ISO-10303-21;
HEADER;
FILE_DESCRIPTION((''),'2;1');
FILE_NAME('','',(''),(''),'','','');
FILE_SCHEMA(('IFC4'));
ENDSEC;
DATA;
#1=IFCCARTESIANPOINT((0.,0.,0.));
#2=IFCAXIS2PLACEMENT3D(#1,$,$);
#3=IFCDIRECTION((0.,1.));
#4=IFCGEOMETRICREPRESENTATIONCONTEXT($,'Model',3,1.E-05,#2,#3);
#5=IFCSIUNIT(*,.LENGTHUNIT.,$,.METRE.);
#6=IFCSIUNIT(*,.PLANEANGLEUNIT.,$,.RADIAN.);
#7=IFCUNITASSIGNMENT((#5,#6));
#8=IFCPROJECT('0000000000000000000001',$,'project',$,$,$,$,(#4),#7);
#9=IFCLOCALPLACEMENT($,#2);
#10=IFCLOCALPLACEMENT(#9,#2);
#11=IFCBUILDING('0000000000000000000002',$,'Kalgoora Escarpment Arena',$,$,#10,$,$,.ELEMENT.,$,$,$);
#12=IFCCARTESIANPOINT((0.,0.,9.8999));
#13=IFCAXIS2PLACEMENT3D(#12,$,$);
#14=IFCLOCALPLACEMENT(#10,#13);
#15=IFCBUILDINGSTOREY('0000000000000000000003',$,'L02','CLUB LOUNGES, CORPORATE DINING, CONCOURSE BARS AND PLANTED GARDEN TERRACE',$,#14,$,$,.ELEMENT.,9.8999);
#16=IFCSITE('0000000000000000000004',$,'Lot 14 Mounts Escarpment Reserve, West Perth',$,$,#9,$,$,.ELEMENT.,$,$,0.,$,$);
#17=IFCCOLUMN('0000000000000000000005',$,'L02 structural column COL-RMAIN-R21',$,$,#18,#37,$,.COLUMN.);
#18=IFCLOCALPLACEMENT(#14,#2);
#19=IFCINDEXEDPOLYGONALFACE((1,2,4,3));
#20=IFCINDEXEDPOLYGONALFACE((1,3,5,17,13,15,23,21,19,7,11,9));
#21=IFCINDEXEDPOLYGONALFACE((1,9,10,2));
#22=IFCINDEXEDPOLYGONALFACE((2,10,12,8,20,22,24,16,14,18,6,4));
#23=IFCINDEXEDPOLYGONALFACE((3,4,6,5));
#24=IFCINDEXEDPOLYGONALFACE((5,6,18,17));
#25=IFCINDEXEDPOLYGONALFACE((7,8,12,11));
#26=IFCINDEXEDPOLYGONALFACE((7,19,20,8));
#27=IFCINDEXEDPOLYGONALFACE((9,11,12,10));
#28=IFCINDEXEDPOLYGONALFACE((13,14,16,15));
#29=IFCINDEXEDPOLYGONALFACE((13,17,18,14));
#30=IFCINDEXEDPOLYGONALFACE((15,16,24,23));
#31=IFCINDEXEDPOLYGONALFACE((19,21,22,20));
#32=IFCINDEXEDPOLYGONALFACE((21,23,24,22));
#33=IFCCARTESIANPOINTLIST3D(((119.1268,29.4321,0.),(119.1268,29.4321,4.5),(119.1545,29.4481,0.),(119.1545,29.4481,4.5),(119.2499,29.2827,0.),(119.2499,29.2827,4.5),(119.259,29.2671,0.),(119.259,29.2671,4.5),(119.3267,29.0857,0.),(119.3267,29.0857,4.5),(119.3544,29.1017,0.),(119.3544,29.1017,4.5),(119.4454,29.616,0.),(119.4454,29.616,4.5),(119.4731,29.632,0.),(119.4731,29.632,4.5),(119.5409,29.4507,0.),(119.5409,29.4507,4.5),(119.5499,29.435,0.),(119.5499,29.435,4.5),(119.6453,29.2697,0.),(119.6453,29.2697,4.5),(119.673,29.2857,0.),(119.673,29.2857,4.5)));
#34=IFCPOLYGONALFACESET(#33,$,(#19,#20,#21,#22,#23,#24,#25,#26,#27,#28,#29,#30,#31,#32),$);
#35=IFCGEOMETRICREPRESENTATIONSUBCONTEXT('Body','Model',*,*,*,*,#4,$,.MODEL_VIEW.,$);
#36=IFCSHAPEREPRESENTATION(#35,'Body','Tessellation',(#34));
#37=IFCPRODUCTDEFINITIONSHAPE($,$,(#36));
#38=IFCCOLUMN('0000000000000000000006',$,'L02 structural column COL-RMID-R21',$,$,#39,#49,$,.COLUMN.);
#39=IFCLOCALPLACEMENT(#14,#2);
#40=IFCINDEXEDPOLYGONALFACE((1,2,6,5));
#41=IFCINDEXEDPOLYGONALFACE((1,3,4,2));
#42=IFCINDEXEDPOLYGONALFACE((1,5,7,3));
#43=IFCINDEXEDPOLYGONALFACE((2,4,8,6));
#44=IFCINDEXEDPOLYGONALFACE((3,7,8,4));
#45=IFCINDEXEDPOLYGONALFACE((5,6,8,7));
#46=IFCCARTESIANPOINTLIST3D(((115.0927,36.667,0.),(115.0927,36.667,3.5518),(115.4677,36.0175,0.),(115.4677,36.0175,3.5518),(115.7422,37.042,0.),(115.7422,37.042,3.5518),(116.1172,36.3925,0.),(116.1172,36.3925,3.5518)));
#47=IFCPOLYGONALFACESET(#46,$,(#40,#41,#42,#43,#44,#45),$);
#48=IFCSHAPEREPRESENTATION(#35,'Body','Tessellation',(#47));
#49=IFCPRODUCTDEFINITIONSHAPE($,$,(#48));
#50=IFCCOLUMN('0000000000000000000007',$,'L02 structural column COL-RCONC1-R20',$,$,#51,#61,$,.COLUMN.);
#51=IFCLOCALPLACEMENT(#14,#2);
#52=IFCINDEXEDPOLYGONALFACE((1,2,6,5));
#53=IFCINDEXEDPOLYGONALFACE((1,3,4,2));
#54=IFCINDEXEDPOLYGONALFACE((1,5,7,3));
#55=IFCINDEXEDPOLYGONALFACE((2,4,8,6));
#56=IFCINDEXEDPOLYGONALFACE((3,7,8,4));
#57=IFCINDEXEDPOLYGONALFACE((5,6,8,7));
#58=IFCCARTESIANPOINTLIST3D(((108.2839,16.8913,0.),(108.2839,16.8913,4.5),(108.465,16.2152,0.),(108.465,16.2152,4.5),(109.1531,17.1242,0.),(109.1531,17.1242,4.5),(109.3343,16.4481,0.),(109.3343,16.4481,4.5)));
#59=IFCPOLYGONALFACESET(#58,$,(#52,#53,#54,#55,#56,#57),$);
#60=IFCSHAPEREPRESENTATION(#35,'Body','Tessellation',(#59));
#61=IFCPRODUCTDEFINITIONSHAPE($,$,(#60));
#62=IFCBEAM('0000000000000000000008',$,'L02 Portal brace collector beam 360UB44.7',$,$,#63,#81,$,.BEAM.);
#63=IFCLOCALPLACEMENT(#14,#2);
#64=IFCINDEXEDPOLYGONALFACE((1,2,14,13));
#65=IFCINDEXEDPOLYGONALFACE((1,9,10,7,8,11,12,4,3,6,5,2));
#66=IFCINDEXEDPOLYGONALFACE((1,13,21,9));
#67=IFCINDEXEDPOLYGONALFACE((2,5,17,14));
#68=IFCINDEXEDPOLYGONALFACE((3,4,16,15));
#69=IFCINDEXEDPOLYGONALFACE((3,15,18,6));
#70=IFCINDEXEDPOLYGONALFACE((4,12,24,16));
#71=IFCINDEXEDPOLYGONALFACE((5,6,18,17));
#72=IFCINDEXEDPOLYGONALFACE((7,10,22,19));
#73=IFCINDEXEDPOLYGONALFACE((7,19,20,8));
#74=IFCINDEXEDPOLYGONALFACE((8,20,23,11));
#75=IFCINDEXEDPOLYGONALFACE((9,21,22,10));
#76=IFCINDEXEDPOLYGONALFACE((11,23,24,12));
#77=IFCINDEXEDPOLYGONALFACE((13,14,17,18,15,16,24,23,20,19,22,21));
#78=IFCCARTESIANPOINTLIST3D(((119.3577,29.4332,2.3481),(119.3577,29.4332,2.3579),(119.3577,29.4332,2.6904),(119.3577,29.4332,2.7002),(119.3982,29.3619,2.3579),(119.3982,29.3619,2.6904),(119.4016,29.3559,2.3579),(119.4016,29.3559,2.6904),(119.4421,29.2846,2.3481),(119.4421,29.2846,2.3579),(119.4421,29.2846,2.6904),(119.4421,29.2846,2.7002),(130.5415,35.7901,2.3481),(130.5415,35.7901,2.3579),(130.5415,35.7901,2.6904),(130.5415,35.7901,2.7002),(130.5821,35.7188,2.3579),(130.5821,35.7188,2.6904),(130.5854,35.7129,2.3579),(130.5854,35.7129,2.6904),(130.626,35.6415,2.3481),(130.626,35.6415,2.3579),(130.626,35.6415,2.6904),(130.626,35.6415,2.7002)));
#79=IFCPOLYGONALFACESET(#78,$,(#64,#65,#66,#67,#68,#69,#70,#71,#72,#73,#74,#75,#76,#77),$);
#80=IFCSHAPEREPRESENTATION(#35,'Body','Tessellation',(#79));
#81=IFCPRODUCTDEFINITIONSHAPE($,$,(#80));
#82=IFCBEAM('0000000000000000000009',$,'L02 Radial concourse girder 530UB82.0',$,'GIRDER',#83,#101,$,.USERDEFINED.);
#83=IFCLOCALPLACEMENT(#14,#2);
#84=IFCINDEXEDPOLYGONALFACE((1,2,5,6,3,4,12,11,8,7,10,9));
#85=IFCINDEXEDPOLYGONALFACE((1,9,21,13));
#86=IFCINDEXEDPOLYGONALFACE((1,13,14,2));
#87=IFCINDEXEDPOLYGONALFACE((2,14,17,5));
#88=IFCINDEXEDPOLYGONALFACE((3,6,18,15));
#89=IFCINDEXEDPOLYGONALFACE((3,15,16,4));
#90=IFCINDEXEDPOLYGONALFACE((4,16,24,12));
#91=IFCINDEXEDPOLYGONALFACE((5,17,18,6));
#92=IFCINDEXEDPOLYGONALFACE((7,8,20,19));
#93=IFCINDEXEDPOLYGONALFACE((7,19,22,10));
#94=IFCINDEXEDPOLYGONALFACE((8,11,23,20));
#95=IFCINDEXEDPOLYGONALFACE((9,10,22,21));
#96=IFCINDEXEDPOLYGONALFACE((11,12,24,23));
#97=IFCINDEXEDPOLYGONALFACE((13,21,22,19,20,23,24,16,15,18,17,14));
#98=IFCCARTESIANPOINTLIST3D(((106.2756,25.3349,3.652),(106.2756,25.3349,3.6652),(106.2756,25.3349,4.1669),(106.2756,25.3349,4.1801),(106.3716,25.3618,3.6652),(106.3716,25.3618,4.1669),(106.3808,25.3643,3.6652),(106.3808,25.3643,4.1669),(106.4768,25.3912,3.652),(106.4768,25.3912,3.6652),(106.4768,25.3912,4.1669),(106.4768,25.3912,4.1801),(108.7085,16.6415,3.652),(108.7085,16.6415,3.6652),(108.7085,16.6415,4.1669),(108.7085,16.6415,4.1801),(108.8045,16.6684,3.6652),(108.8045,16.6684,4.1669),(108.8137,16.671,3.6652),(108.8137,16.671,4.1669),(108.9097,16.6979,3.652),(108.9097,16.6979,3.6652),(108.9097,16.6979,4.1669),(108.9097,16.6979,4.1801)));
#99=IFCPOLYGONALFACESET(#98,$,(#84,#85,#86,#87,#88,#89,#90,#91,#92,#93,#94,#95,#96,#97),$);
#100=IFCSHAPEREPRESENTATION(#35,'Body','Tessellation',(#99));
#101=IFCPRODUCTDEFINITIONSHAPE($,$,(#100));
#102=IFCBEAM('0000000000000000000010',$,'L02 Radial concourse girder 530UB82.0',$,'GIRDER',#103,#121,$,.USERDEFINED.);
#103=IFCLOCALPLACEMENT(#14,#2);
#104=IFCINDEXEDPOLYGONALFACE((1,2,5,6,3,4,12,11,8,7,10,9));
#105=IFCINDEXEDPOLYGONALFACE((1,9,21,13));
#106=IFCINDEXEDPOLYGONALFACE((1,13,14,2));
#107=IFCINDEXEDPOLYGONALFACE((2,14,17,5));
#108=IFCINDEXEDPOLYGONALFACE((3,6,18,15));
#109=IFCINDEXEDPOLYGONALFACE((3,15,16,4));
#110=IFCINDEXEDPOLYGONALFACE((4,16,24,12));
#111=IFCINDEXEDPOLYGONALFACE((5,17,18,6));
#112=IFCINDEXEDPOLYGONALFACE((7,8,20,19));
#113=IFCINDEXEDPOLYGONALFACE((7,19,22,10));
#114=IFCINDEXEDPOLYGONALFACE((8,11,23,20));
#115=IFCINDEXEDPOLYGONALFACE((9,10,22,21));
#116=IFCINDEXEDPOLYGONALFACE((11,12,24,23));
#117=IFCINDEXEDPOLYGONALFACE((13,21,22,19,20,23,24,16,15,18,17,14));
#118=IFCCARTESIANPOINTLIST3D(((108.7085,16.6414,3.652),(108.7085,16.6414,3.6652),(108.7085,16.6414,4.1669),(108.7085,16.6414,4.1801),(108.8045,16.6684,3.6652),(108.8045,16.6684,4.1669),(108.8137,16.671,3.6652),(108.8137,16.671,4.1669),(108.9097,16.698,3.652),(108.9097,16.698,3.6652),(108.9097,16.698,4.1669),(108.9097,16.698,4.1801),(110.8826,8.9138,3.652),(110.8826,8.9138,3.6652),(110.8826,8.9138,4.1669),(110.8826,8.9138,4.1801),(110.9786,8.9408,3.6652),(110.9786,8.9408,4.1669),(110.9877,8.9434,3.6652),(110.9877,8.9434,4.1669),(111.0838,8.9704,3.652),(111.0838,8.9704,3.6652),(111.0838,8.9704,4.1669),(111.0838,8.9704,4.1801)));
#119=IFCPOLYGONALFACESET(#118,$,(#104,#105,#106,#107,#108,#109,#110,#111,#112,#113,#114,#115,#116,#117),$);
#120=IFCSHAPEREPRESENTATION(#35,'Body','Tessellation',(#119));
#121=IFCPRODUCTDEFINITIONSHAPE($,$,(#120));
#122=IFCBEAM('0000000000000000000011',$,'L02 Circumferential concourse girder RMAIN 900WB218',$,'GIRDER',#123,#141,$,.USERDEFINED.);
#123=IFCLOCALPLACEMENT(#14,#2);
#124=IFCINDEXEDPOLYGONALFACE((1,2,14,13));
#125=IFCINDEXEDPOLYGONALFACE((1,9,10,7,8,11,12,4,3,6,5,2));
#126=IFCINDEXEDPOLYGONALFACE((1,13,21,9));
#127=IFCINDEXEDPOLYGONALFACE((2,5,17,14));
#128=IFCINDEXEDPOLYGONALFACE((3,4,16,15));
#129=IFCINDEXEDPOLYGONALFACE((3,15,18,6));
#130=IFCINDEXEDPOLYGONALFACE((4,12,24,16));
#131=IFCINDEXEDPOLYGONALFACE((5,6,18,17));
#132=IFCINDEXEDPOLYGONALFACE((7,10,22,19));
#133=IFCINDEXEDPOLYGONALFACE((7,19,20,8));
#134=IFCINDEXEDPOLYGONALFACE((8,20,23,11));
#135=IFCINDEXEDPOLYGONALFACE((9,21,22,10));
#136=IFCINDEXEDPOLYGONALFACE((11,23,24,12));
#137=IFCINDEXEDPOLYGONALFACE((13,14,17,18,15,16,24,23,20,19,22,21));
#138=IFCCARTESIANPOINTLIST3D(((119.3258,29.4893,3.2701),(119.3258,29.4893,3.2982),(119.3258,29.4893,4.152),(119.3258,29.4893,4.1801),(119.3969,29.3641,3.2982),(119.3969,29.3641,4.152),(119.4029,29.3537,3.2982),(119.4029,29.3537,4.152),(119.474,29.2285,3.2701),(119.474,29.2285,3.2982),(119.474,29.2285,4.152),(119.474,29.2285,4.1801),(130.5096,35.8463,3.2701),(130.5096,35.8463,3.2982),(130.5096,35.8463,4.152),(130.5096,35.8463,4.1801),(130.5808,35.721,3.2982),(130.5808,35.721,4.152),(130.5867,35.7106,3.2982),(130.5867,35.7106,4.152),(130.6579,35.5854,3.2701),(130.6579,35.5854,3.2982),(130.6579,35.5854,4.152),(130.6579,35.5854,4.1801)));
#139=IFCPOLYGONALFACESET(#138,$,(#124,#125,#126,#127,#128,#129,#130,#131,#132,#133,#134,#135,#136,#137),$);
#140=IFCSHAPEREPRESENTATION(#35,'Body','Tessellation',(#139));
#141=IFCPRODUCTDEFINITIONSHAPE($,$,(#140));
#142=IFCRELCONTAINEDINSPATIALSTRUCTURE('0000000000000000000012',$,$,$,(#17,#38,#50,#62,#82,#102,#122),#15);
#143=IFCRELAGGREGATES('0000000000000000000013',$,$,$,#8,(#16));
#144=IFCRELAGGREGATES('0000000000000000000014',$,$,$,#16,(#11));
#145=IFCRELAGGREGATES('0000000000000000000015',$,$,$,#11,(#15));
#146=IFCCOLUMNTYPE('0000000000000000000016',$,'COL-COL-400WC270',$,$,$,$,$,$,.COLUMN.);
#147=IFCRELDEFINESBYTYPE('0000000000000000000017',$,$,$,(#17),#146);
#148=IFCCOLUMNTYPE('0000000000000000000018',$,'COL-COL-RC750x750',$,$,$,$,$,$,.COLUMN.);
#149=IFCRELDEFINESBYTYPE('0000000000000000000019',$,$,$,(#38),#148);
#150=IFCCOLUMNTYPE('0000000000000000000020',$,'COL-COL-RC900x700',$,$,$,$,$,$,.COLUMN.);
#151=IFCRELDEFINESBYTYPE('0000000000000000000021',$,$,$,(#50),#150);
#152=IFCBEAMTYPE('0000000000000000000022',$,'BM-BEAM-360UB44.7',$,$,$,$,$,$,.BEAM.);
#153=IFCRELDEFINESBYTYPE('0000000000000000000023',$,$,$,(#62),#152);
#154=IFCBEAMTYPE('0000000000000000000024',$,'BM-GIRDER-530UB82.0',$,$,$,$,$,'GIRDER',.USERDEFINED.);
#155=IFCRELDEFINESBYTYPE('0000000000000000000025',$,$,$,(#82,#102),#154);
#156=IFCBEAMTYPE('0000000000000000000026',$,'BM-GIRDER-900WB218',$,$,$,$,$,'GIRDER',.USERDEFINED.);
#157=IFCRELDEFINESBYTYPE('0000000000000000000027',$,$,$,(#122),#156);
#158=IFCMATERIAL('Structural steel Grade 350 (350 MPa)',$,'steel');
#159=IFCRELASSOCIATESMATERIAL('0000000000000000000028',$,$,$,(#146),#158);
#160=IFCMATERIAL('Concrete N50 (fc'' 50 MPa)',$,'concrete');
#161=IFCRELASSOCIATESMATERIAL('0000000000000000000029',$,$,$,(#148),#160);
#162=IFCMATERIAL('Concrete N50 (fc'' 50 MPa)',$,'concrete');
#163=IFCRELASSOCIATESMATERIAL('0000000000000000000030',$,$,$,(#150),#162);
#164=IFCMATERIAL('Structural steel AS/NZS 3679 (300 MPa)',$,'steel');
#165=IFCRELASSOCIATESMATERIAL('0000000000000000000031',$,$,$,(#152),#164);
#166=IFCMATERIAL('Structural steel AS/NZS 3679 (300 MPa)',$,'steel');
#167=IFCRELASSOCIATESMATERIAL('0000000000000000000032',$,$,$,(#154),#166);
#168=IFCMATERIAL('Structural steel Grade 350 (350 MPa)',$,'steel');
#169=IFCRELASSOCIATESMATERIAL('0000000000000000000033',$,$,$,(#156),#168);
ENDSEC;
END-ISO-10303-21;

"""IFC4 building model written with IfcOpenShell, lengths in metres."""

from ifc_helpers import new_model, si_unit, direction, frame, origin, origin_2d, place, context, subcontext, project, spatial, rectangle, i_section, extrude, material, material_profile, profile_set, type_object, element, save


model = new_model("IFC4")

# Units and contexts
model_context = context("Model", 3, precision=1e-05, world=origin(), true_north=direction((0.0, 1.0)))
body_context = subcontext(model_context, "Body", "Model", "MODEL_VIEW")
ifc_project = project(units=[si_unit("LENGTHUNIT", "METRE"), si_unit("PLANEANGLEUNIT", "RADIAN")], contexts=[model_context])

# Site, building, storey
site_placement = place(None, origin())
site = spatial("IfcSite", under=ifc_project, at=site_placement, Name="Lot 14 Mounts Escarpment Reserve, West Perth", CompositionType="ELEMENT", RefElevation=0.0)
building_placement = place(site_placement, origin())
building = spatial("IfcBuilding", under=site, at=building_placement, Name="Kalgoora Escarpment Arena", CompositionType="ELEMENT")
storey_placement = place(building_placement, frame((0.0, 0.0, 9.8999)))
storey = spatial("IfcBuildingStorey", under=building, at=storey_placement, Name="L02", Description="CLUB LOUNGES, CORPORATE DINING, CONCOURSE BARS AND PLANTED GARDEN TERRACE", CompositionType="ELEMENT", Elevation=9.8999)

# Columns
ifc_material_1 = material(Name="Structural steel Grade 350 (350 MPa)", Category="steel")
ifc_material_profile_1 = material_profile(ifc_material_1, i_section(OverallWidth=0.3999, OverallDepth=0.3999, WebThickness=0.0181, FlangeThickness=0.032, at=origin_2d()))
ifc_profile_set_1 = profile_set([ifc_material_profile_1], Name="Structural steel Grade 350 (350 MPa)")
column_type_1 = type_object("IfcColumnType", Name="COL-COL-400WC270", PredefinedType="COLUMN", material=ifc_profile_set_1)
column_1_placement = place(storey_placement, frame((119.3999, 29.3589, 0.0), z_axis=(0.0, 0.0, 1.0), x_axis=(0.5, -0.866025, 0.0)))
element("IfcColumn", 1, at=column_1_placement, inside=storey, type_object=column_type_1, Name="L02 structural column COL-RMAIN-R21", PredefinedType="COLUMN", context=body_context, shape_type="SweptSolid", body=[
    extrude(i_section(OverallWidth=0.3999, OverallDepth=0.3999, WebThickness=0.0181, FlangeThickness=0.032, at=origin_2d()), origin(), (0.0, 0.0, 1.0), 4.5),
])
ifc_material_2 = material(Name="Concrete N50 (fc' 50 MPa)", Category="concrete")
ifc_material_profile_2 = material_profile(ifc_material_2, rectangle(XDim=0.75, YDim=0.75, at=origin_2d()))
ifc_profile_set_2 = profile_set([ifc_material_profile_2], Name="Concrete N50 (fc' 50 MPa)")
column_type_2 = type_object("IfcColumnType", Name="COL-COL-RC750x750", PredefinedType="COLUMN", material=ifc_profile_set_2)
column_2_placement = place(storey_placement, frame((115.605, 36.5298, 0.0), z_axis=(0.0, 0.0, 1.0), x_axis=(0.5, -0.866025, 0.0)))
element("IfcColumn", 2, at=column_2_placement, inside=storey, type_object=column_type_2, Name="L02 structural column COL-RMID-R21", PredefinedType="COLUMN", context=body_context, shape_type="SweptSolid", body=[
    extrude(rectangle(XDim=0.75, YDim=0.75, at=origin_2d()), origin(), (0.0, 0.0, 1.0), 3.5518),
])
ifc_material_3 = material(Name="Concrete N50 (fc' 50 MPa)", Category="concrete")
ifc_material_profile_3 = material_profile(ifc_material_3, rectangle(XDim=0.7, YDim=0.8999, at=origin_2d()))
ifc_profile_set_3 = profile_set([ifc_material_profile_3], Name="Concrete N50 (fc' 50 MPa)")
column_type_3 = type_object("IfcColumnType", Name="COL-COL-RC900x700", PredefinedType="COLUMN", material=ifc_profile_set_3)
column_3_placement = place(storey_placement, frame((108.8091, 16.6697, 0.0), z_axis=(0.0, 0.0, 1.0), x_axis=(0.258819, -0.965926, 0.0)))
element("IfcColumn", 3, at=column_3_placement, inside=storey, type_object=column_type_3, Name="L02 structural column COL-RCONC1-R20", PredefinedType="COLUMN", context=body_context, shape_type="SweptSolid", body=[
    extrude(rectangle(XDim=0.7, YDim=0.8999, at=origin_2d()), origin(), (0.0, 0.0, 1.0), 4.5),
])

# Beams
ifc_material_4 = material(Name="Structural steel AS/NZS 3679 (300 MPa)", Category="steel")
ifc_material_profile_4 = material_profile(ifc_material_4, i_section(OverallWidth=0.1709, OverallDepth=0.3521, WebThickness=0.0068, FlangeThickness=0.0098, at=origin_2d()))
ifc_profile_set_4 = profile_set([ifc_material_profile_4], Name="Structural steel AS/NZS 3679 (300 MPa)")
beam_type_1 = type_object("IfcBeamType", Name="BM-BEAM-360UB44.7", PredefinedType="BEAM", material=ifc_profile_set_4)
beam_1_placement = place(storey_placement, frame((119.3999, 29.3589, 2.5242), z_axis=(0.869374, 0.494155, 0.0), x_axis=(-0.494155, 0.869374, 0.0)))
element("IfcBeam", 4, at=beam_1_placement, inside=storey, type_object=beam_type_1, Name="L02 Portal brace collector beam 360UB44.7", PredefinedType="BEAM", context=body_context, shape_type="SweptSolid", body=[
    extrude(i_section(OverallWidth=0.1709, OverallDepth=0.3521, WebThickness=0.0068, FlangeThickness=0.0098, at=origin_2d()), origin(), (0.0, 0.0, 1.0), 12.8643),
])
ifc_material_5 = material(Name="Structural steel AS/NZS 3679 (300 MPa)", Category="steel")
ifc_material_profile_5 = material_profile(ifc_material_5, i_section(OverallWidth=0.209, OverallDepth=0.5281, WebThickness=0.0095, FlangeThickness=0.0132, at=origin_2d()))
ifc_profile_set_5 = profile_set([ifc_material_profile_5], Name="Structural steel AS/NZS 3679 (300 MPa)")
beam_type_2 = type_object("IfcBeamType", Name="BM-GIRDER-530UB82.0", ElementType="GIRDER", PredefinedType="USERDEFINED", material=ifc_profile_set_5)
beam_2_placement = place(storey_placement, frame((106.3762, 25.363, 3.916), z_axis=(0.269499, -0.963001, 0.0), x_axis=(0.963001, 0.269499, 0.0)))
element("IfcBeam", 5, at=beam_2_placement, inside=storey, type_object=beam_type_2, Name="L02 Radial concourse girder 530UB82.0", ObjectType="GIRDER", PredefinedType="USERDEFINED", context=body_context, shape_type="SweptSolid", body=[
    extrude(i_section(OverallWidth=0.209, OverallDepth=0.5281, WebThickness=0.0095, FlangeThickness=0.0132, at=origin_2d()), origin(), (0.0, 0.0, 1.0), 9.0273),
])
beam_3_placement = place(storey_placement, frame((108.8091, 16.6697, 3.916), z_axis=(0.270827, -0.962628, 0.0), x_axis=(0.962628, 0.270827, 0.0)))
element("IfcBeam", 6, at=beam_3_placement, inside=storey, type_object=beam_type_2, Name="L02 Radial concourse girder 530UB82.0", ObjectType="GIRDER", PredefinedType="USERDEFINED", context=body_context, shape_type="SweptSolid", body=[
    extrude(i_section(OverallWidth=0.209, OverallDepth=0.5281, WebThickness=0.0095, FlangeThickness=0.0132, at=origin_2d()), origin(), (0.0, 0.0, 1.0), 8.0276),
])
ifc_material_6 = material(Name="Structural steel Grade 350 (350 MPa)", Category="steel")
ifc_material_profile_6 = material_profile(ifc_material_6, i_section(OverallWidth=0.3, OverallDepth=0.9099, WebThickness=0.012, FlangeThickness=0.0281, at=origin_2d()))
ifc_profile_set_6 = profile_set([ifc_material_profile_6], Name="Structural steel Grade 350 (350 MPa)")
beam_type_3 = type_object("IfcBeamType", Name="BM-GIRDER-900WB218", ElementType="GIRDER", PredefinedType="USERDEFINED", material=ifc_profile_set_6)
beam_4_placement = place(storey_placement, frame((119.3999, 29.3589, 3.7251), z_axis=(0.869374, 0.494155, 0.0), x_axis=(-0.494155, 0.869374, 0.0)))
element("IfcBeam", 7, at=beam_4_placement, inside=storey, type_object=beam_type_3, Name="L02 Circumferential concourse girder RMAIN 900WB218", ObjectType="GIRDER", PredefinedType="USERDEFINED", context=body_context, shape_type="SweptSolid", body=[
    extrude(i_section(OverallWidth=0.3, OverallDepth=0.9099, WebThickness=0.012, FlangeThickness=0.0281, at=origin_2d()), origin(), (0.0, 0.0, 1.0), 12.8643),
])

save(model, "model.ifc")
